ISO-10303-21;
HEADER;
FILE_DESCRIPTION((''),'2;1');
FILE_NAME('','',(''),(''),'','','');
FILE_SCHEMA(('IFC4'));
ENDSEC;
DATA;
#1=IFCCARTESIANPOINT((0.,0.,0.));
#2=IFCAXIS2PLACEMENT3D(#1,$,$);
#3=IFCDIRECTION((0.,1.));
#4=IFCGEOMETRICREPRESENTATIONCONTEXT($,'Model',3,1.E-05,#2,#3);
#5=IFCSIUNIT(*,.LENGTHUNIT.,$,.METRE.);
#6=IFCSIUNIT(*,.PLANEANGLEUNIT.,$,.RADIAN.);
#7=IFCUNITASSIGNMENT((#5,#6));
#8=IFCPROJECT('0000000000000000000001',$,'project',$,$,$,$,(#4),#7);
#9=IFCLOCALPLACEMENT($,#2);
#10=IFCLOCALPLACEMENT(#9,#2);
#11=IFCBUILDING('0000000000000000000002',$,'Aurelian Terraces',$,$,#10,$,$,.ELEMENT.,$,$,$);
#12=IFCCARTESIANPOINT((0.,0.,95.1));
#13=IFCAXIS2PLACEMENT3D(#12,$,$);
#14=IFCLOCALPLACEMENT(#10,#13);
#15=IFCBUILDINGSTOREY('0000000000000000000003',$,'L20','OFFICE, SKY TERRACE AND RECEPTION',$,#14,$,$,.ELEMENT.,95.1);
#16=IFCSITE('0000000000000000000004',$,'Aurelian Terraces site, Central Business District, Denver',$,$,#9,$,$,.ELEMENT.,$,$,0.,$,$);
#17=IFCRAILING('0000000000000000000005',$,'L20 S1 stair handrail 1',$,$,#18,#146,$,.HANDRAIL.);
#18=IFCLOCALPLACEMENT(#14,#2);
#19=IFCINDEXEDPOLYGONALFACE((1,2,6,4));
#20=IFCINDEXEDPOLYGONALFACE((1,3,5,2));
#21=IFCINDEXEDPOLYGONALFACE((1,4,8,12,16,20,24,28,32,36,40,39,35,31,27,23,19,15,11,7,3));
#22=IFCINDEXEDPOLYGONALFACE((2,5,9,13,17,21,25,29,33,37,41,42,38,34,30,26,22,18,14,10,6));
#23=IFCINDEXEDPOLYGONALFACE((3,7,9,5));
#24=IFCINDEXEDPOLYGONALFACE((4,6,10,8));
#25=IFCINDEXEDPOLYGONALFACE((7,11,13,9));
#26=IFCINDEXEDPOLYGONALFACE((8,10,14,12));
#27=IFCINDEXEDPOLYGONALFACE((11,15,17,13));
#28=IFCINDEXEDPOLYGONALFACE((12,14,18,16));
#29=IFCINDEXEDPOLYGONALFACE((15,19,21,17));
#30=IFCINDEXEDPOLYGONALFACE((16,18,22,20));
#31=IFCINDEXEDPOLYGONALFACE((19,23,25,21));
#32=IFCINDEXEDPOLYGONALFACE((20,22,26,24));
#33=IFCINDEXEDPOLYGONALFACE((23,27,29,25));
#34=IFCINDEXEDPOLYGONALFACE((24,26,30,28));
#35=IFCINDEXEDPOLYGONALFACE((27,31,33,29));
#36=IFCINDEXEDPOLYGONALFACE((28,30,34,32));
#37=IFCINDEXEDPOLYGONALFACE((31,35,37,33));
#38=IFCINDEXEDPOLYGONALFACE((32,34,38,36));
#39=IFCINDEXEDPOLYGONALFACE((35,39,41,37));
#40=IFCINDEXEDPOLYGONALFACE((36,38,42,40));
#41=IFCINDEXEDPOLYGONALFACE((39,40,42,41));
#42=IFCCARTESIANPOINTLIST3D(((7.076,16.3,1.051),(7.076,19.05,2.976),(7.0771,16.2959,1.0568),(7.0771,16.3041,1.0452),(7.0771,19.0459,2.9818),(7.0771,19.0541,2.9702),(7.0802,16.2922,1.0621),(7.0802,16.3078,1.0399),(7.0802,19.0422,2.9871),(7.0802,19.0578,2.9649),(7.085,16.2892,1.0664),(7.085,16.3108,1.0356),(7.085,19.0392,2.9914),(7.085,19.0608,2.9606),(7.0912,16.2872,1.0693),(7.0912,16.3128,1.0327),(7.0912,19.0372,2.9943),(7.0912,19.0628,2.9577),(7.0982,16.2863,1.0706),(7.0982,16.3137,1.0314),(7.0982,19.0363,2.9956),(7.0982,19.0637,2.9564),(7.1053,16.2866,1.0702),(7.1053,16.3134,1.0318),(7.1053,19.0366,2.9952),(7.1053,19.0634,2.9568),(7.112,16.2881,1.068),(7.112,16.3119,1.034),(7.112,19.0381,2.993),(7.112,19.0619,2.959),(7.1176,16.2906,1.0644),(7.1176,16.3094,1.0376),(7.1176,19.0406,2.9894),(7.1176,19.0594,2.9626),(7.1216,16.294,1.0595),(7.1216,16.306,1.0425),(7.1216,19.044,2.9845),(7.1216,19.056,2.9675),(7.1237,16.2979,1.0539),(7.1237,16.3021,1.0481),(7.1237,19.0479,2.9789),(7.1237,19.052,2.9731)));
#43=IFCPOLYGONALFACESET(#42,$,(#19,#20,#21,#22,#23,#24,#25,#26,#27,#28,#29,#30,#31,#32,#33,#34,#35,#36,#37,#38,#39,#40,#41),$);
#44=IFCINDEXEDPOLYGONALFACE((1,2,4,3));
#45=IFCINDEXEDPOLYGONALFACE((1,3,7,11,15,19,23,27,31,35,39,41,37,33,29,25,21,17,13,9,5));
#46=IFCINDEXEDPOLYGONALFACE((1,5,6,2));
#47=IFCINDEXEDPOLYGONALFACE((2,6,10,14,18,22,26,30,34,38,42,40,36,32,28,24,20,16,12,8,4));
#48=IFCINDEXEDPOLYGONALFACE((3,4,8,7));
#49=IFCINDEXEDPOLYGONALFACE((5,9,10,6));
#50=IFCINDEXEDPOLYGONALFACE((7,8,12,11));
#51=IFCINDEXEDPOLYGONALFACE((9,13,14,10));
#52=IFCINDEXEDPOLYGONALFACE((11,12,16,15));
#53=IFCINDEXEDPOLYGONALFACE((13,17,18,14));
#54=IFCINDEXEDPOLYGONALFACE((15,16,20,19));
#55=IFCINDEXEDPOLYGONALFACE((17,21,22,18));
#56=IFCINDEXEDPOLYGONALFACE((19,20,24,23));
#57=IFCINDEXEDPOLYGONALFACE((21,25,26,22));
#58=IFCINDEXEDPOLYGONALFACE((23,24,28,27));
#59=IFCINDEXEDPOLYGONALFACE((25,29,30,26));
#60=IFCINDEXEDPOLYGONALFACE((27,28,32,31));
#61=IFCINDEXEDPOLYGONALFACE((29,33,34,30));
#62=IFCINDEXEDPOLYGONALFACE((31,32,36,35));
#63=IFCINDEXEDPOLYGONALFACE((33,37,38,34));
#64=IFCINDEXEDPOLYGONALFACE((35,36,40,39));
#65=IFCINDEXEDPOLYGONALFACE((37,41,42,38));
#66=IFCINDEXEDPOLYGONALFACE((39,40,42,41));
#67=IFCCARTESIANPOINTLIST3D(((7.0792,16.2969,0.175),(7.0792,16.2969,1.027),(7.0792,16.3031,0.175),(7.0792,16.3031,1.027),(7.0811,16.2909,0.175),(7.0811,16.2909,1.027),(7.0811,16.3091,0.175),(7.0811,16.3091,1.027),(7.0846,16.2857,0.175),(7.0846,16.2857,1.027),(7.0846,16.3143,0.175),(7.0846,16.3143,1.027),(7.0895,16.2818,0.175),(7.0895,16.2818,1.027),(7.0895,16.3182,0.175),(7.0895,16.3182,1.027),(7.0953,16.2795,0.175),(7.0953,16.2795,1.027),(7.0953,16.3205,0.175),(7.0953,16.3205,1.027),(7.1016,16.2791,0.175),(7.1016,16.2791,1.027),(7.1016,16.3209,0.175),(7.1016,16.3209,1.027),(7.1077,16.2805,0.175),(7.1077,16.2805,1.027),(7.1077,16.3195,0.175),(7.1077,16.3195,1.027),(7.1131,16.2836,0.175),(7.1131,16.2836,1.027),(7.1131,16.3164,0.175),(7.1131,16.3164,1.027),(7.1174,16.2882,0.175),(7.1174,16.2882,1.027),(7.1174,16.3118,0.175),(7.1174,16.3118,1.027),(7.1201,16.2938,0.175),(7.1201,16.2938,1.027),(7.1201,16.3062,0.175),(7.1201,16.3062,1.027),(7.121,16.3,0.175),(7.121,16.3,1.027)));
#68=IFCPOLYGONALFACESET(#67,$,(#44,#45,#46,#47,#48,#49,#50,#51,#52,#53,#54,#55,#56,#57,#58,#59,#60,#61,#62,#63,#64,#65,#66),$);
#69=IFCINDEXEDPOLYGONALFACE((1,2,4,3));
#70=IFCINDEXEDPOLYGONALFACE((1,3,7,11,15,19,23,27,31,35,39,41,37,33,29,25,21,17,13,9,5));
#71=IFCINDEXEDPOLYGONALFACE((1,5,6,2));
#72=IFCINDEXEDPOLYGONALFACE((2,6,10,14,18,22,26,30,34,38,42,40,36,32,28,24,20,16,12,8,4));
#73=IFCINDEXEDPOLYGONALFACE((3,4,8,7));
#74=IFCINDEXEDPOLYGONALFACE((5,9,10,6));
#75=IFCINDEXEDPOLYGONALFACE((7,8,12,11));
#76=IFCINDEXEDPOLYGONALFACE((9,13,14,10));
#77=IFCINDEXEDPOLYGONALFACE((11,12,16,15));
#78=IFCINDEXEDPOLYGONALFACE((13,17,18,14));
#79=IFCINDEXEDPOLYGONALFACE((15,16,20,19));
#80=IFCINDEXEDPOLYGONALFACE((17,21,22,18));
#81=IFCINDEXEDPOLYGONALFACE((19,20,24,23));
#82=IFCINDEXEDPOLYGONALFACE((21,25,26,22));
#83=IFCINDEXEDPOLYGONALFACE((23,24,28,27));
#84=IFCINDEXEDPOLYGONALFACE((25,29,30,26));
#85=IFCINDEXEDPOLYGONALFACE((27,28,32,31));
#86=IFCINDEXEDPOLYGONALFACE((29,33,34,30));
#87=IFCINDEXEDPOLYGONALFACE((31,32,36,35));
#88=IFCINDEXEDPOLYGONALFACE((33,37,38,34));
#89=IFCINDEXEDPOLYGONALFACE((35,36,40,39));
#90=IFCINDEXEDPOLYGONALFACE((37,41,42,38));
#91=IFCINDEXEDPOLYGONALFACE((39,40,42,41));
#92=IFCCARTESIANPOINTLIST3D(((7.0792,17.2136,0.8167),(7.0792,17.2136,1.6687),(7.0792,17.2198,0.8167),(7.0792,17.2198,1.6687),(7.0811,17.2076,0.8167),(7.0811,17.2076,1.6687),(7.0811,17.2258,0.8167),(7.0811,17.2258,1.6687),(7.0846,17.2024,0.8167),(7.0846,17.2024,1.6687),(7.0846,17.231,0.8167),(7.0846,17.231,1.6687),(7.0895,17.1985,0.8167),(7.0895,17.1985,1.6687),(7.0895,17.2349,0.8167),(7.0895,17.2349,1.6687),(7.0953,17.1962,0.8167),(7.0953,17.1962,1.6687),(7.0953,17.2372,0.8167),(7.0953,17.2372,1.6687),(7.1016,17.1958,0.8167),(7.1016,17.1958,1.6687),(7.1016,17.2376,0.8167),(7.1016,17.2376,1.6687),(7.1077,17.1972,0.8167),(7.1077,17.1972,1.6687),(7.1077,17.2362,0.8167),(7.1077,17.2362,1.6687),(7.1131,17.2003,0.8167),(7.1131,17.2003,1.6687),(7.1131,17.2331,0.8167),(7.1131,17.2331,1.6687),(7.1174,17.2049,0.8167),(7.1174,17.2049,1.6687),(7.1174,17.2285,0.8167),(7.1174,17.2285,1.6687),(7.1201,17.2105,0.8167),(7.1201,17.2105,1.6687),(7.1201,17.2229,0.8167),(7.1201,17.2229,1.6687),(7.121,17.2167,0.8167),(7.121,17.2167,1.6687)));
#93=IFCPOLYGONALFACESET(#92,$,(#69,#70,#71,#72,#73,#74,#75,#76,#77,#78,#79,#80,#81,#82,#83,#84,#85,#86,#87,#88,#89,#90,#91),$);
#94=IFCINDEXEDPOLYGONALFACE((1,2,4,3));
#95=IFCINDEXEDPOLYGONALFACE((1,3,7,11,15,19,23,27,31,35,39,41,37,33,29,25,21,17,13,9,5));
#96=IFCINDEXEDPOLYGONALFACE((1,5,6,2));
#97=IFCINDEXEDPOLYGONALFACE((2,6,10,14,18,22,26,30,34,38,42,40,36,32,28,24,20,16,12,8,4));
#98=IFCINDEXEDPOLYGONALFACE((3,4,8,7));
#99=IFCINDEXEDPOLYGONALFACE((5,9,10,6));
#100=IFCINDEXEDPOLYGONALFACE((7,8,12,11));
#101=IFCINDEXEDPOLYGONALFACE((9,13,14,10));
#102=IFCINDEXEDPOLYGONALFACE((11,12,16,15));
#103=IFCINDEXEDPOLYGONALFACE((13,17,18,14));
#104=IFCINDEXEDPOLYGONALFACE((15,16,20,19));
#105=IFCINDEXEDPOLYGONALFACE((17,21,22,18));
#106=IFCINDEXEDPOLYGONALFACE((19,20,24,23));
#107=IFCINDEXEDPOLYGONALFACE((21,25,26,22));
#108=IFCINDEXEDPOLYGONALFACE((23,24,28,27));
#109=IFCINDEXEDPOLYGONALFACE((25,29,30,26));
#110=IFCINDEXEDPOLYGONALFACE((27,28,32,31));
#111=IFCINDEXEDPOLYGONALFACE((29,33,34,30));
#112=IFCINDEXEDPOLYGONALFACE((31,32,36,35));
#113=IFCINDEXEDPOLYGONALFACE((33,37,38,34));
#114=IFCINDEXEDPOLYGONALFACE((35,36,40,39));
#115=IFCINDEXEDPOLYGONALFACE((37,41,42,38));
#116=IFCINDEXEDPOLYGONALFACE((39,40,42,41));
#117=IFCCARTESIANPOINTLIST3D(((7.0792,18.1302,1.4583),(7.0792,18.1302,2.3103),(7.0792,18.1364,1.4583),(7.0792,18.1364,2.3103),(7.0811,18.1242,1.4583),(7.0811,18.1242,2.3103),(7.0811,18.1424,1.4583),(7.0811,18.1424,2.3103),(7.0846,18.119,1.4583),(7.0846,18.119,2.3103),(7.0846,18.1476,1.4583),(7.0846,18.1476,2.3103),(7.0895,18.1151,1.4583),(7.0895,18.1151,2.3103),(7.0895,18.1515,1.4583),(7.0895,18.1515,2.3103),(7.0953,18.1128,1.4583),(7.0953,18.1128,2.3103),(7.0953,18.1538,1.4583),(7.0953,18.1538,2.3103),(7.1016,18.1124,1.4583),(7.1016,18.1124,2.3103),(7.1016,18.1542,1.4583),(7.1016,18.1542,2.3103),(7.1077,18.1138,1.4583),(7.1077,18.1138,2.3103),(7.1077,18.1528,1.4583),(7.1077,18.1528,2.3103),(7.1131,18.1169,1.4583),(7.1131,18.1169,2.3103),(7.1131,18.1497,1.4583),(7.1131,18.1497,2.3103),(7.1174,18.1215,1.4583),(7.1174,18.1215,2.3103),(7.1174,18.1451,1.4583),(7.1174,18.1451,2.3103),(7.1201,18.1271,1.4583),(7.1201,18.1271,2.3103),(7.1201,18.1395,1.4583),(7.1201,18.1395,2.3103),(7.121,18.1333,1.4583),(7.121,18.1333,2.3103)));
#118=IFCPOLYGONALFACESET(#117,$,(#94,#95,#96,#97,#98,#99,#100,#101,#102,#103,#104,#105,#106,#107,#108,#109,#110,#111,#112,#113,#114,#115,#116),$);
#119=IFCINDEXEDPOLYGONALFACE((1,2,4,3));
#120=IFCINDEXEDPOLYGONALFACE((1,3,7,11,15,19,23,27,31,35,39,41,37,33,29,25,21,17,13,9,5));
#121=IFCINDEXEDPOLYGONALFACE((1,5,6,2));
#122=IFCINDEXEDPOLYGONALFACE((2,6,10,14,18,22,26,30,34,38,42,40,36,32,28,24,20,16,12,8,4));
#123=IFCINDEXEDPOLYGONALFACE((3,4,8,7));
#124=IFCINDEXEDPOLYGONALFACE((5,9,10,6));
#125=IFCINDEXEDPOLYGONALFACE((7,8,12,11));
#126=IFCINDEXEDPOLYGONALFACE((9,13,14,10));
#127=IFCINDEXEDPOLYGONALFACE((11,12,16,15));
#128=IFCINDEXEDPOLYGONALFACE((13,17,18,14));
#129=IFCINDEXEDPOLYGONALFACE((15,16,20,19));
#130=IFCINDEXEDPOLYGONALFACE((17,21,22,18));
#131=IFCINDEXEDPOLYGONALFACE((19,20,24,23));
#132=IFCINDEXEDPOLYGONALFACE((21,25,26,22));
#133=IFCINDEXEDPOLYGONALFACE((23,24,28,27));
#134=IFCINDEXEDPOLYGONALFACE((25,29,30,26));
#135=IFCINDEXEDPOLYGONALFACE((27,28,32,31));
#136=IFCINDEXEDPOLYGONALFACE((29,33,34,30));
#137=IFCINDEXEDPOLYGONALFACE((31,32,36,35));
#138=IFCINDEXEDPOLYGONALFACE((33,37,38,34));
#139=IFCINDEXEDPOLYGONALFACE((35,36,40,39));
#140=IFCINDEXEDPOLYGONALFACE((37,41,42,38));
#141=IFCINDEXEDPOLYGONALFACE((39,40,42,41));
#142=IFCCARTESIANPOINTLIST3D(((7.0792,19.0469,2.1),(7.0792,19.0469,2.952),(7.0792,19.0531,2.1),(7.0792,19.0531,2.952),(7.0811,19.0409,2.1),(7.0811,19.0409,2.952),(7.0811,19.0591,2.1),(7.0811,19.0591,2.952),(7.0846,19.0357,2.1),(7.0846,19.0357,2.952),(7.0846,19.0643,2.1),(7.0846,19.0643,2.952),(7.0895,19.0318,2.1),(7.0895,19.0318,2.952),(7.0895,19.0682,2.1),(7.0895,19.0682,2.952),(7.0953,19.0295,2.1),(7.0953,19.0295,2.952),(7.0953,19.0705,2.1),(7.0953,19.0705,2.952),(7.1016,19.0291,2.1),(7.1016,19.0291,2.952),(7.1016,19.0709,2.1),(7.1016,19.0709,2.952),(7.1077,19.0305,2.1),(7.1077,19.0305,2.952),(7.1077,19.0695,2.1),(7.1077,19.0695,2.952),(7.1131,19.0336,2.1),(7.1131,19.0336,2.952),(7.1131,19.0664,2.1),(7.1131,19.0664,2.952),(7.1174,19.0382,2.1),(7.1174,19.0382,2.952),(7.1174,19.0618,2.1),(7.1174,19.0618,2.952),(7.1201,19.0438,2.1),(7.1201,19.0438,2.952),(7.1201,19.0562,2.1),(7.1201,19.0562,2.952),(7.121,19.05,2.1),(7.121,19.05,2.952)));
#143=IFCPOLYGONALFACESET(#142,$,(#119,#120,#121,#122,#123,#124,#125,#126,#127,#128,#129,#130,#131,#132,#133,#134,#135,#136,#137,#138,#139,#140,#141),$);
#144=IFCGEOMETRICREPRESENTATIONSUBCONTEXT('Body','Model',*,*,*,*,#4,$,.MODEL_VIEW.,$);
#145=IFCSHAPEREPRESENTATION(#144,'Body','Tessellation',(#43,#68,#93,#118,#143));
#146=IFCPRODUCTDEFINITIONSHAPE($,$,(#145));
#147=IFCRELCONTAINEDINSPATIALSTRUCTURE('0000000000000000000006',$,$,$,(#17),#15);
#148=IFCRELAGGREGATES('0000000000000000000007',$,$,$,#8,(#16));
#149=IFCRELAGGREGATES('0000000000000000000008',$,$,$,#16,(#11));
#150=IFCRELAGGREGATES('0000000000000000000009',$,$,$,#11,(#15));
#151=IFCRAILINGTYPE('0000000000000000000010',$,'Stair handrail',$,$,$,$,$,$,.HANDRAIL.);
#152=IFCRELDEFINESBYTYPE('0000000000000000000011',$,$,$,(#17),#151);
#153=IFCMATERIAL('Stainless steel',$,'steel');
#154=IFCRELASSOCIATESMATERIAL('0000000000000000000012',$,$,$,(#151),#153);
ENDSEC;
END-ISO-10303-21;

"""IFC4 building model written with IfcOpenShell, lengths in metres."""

from ifc_helpers import new_model, si_unit, direction, frame, origin, origin_2d, place, context, subcontext, project, spatial, circle, extrude, source, transform, mapped, material, type_object, element, save


model = new_model("IFC4")

# Units and contexts
model_context = context("Model", 3, precision=1e-05, world=origin(), true_north=direction((0.0, 1.0)))
body_context = subcontext(model_context, "Body", "Model", "MODEL_VIEW")
ifc_project = project(units=[si_unit("LENGTHUNIT", "METRE"), si_unit("PLANEANGLEUNIT", "RADIAN")], contexts=[model_context])

# Site, building, storey
site_placement = place(None, origin())
site = spatial("IfcSite", under=ifc_project, at=site_placement, Name="Aurelian Terraces site, Central Business District, Denver", CompositionType="ELEMENT", RefElevation=0.0)
building_placement = place(site_placement, origin())
building = spatial("IfcBuilding", under=site, at=building_placement, Name="Aurelian Terraces", CompositionType="ELEMENT")
storey_placement = place(building_placement, frame((0.0, 0.0, 95.1)))
storey = spatial("IfcBuildingStorey", under=building, at=storey_placement, Name="L20", Description="OFFICE, SKY TERRACE AND RECEPTION", CompositionType="ELEMENT", Elevation=95.1)

# Railing
ifc_material_1 = material(Name="Stainless steel", Category="steel")
railing_type_1 = type_object("IfcRailingType", Name="Stair handrail", PredefinedType="HANDRAIL", material=ifc_material_1)
shared_shape_1 = source(origin(), body_context, "Body", "SweptSolid", [
    extrude(circle(Radius=0.024, at=origin_2d()), frame((0.0, 0.0, 0.876), z_axis=(0.0, 0.819232, 0.573462), x_axis=(-1.0, 0.0, 0.0)), (0.0, 0.0, 1.0), 3.3568),
    extrude(circle(Radius=0.021, at=origin_2d()), origin(), (0.0, 0.0, 1.0), 0.852),
    extrude(circle(Radius=0.021, at=origin_2d()), frame((0.0, 0.9167, 0.6417)), (0.0, 0.0, 1.0), 0.852),
    extrude(circle(Radius=0.021, at=origin_2d()), frame((0.0, 1.8333, 1.2833)), (0.0, 0.0, 1.0), 0.852),
    extrude(circle(Radius=0.021, at=origin_2d()), frame((0.0, 2.75, 1.925)), (0.0, 0.0, 1.0), 0.852),
])
railing_1_placement = place(storey_placement, frame((7.1, 16.3, 0.175)))
element("IfcRailing", 1, at=railing_1_placement, inside=storey, type_object=railing_type_1, Name="L20 S1 stair handrail 1", PredefinedType="HANDRAIL", context=body_context, shape_type="MappedRepresentation", body=[
    mapped(shared_shape_1, transform((0.0, 0.0, 0.0), scale=1.0)),
])

save(model, "model.ifc")
